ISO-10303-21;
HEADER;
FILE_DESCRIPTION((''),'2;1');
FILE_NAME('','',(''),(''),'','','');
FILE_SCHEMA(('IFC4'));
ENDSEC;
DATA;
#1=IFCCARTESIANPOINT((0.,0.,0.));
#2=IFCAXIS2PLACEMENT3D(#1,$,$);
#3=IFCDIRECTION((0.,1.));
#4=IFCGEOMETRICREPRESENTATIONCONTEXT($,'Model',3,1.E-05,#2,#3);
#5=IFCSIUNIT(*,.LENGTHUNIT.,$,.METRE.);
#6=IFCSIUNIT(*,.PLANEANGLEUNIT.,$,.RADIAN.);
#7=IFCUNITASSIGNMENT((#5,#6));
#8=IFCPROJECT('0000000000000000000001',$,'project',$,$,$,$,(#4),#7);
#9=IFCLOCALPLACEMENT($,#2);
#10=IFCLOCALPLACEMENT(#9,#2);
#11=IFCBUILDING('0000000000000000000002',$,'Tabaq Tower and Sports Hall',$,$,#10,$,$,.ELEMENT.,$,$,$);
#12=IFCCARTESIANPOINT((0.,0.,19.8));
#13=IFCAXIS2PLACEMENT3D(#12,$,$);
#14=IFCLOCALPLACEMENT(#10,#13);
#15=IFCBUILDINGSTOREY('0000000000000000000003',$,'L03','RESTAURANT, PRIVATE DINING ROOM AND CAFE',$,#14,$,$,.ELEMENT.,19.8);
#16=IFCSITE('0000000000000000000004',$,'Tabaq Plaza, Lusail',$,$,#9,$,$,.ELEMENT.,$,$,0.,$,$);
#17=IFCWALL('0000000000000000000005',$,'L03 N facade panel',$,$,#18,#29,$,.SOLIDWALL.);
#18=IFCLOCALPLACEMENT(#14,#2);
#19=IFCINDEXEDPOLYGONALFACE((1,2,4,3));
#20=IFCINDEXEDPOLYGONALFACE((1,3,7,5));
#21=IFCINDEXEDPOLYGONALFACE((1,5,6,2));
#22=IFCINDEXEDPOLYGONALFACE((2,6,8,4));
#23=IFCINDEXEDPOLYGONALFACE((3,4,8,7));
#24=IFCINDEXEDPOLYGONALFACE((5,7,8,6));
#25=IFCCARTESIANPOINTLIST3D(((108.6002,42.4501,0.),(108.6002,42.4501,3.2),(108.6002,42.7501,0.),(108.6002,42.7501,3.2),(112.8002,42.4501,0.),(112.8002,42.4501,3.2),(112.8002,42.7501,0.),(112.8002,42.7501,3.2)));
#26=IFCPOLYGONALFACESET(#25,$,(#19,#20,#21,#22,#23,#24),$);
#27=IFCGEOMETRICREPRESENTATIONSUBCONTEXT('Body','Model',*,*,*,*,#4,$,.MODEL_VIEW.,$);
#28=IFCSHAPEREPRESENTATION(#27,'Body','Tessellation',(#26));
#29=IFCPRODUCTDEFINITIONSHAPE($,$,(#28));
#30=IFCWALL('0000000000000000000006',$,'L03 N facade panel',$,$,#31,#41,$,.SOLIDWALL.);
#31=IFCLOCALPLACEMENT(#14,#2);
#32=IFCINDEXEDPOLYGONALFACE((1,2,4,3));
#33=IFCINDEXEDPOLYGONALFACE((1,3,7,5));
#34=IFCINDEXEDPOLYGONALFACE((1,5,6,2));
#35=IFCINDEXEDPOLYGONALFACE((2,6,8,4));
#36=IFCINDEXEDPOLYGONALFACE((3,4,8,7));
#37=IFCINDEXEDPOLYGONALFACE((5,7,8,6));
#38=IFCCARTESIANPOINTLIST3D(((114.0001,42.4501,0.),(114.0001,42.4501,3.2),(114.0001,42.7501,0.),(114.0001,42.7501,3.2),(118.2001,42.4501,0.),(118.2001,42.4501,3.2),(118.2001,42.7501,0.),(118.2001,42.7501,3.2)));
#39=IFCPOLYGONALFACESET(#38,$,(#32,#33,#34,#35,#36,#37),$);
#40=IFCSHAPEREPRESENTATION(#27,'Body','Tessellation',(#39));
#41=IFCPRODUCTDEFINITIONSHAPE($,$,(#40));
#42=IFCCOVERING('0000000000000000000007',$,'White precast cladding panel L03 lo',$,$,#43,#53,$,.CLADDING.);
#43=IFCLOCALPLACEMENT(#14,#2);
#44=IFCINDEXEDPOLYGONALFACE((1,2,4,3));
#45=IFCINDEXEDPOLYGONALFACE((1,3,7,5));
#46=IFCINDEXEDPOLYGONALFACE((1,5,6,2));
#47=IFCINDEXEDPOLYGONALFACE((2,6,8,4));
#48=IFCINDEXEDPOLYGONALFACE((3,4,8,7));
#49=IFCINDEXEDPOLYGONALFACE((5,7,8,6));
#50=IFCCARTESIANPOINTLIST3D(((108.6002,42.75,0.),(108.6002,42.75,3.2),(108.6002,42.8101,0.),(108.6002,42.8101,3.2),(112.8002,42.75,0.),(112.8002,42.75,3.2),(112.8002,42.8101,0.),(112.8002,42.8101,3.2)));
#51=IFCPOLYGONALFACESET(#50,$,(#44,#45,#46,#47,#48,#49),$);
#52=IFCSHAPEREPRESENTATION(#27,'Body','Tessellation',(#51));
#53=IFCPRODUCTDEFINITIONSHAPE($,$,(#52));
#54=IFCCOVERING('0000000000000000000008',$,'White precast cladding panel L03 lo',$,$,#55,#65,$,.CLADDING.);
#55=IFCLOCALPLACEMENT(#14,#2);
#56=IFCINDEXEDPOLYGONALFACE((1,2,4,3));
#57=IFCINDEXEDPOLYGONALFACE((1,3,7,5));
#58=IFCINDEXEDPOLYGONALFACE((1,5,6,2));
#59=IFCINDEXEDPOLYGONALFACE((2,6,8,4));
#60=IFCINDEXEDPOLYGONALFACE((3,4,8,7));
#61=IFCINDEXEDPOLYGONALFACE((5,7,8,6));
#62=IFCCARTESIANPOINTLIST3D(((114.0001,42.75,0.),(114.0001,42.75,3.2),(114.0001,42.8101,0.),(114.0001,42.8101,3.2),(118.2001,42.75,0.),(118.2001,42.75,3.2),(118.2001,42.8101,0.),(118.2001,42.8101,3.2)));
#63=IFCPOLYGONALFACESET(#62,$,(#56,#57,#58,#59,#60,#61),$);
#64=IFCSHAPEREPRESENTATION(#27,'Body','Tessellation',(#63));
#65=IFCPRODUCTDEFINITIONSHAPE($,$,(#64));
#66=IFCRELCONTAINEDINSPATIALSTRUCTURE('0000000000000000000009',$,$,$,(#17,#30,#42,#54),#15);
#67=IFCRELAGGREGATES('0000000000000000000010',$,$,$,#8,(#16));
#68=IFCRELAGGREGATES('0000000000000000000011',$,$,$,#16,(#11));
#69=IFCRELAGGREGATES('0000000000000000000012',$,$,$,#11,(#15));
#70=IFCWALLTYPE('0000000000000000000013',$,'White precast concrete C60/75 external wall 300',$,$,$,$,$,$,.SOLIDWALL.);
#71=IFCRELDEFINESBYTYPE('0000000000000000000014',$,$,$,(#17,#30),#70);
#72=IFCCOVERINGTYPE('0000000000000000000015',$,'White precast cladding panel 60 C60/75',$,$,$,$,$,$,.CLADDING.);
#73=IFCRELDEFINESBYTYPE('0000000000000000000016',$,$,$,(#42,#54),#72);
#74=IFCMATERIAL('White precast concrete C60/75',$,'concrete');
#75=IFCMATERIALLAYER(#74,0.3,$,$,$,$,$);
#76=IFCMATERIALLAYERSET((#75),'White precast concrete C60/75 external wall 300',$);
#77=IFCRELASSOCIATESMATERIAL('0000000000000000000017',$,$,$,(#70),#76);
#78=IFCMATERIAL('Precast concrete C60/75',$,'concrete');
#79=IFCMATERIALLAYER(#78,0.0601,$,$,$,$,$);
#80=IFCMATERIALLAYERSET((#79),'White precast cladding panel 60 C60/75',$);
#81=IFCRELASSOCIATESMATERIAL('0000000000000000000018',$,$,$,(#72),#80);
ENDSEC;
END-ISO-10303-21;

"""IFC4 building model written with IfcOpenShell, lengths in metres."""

from ifc_helpers import new_model, si_unit, direction, frame, frame_2d, origin, place, context, subcontext, project, spatial, rectangle, extrude, material, layer, layer_set, type_object, element, save


model = new_model("IFC4")

# Units and contexts
model_context = context("Model", 3, precision=1e-05, world=origin(), true_north=direction((0.0, 1.0)))
body_context = subcontext(model_context, "Body", "Model", "MODEL_VIEW")
ifc_project = project(units=[si_unit("LENGTHUNIT", "METRE"), si_unit("PLANEANGLEUNIT", "RADIAN")], contexts=[model_context])

# Site, building, storey
site_placement = place(None, origin())
site = spatial("IfcSite", under=ifc_project, at=site_placement, Name="Tabaq Plaza, Lusail", CompositionType="ELEMENT", RefElevation=0.0)
building_placement = place(site_placement, origin())
building = spatial("IfcBuilding", under=site, at=building_placement, Name="Tabaq Tower and Sports Hall", CompositionType="ELEMENT")
storey_placement = place(building_placement, frame((0.0, 0.0, 19.8)))
storey = spatial("IfcBuildingStorey", under=building, at=storey_placement, Name="L03", Description="RESTAURANT, PRIVATE DINING ROOM AND CAFE", CompositionType="ELEMENT", Elevation=19.8)

# Walls
ifc_material_1 = material(Name="White precast concrete C60/75", Category="concrete")
ifc_layer_1 = layer(ifc_material_1, 0.3)
ifc_layer_set_1 = layer_set([ifc_layer_1], Name="White precast concrete C60/75 external wall 300")
wall_type = type_object("IfcWallType", Name="White precast concrete C60/75 external wall 300", PredefinedType="SOLIDWALL", material=ifc_layer_set_1)
for number, where, z_axis, x_axis, name in (
    (1, (108.6001, 42.6001, 0.0), (0.0, 0.0, 1.0), (1.0, 0.0, 0.0), "L03 N facade panel"),
    (2, (114.0, 42.6001, 0.0), (0.0, 0.0, 1.0), (1.0, 0.0, 0.0), "L03 N facade panel"),
):
    element("IfcWall", number, at=place(storey_placement, frame(where, z_axis=z_axis, x_axis=x_axis)), inside=storey, type_object=wall_type, Name=name, PredefinedType="SOLIDWALL", context=body_context, shape_type="SweptSolid", body=[
        extrude(rectangle(XDim=4.2, YDim=0.3, at=frame_2d((2.1001, 0.0))), origin(), (0.0, 0.0, 1.0), 3.2),
    ])

# Coverings
ifc_material_2 = material(Name="Precast concrete C60/75", Category="concrete")
ifc_layer_2 = layer(ifc_material_2, 0.0601)
ifc_layer_set_2 = layer_set([ifc_layer_2], Name="White precast cladding panel 60 C60/75")
covering_type = type_object("IfcCoveringType", Name="White precast cladding panel 60 C60/75", PredefinedType="CLADDING", material=ifc_layer_set_2)
for number, where, z_axis, x_axis, name in (
    (3, (108.6001, 42.78, 0.0), (0.0, 0.0, 1.0), (1.0, 0.0, 0.0), "White precast cladding panel L03 lo"),
    (4, (114.0, 42.78, 0.0), (0.0, 0.0, 1.0), (1.0, 0.0, 0.0), "White precast cladding panel L03 lo"),
):
    element("IfcCovering", number, at=place(storey_placement, frame(where, z_axis=z_axis, x_axis=x_axis)), inside=storey, type_object=covering_type, Name=name, PredefinedType="CLADDING", context=body_context, shape_type="SweptSolid", body=[
        extrude(rectangle(XDim=4.2, YDim=0.0601, at=frame_2d((2.1001, 0.0))), origin(), (0.0, 0.0, 1.0), 3.2),
    ])

save(model, "model.ifc")
